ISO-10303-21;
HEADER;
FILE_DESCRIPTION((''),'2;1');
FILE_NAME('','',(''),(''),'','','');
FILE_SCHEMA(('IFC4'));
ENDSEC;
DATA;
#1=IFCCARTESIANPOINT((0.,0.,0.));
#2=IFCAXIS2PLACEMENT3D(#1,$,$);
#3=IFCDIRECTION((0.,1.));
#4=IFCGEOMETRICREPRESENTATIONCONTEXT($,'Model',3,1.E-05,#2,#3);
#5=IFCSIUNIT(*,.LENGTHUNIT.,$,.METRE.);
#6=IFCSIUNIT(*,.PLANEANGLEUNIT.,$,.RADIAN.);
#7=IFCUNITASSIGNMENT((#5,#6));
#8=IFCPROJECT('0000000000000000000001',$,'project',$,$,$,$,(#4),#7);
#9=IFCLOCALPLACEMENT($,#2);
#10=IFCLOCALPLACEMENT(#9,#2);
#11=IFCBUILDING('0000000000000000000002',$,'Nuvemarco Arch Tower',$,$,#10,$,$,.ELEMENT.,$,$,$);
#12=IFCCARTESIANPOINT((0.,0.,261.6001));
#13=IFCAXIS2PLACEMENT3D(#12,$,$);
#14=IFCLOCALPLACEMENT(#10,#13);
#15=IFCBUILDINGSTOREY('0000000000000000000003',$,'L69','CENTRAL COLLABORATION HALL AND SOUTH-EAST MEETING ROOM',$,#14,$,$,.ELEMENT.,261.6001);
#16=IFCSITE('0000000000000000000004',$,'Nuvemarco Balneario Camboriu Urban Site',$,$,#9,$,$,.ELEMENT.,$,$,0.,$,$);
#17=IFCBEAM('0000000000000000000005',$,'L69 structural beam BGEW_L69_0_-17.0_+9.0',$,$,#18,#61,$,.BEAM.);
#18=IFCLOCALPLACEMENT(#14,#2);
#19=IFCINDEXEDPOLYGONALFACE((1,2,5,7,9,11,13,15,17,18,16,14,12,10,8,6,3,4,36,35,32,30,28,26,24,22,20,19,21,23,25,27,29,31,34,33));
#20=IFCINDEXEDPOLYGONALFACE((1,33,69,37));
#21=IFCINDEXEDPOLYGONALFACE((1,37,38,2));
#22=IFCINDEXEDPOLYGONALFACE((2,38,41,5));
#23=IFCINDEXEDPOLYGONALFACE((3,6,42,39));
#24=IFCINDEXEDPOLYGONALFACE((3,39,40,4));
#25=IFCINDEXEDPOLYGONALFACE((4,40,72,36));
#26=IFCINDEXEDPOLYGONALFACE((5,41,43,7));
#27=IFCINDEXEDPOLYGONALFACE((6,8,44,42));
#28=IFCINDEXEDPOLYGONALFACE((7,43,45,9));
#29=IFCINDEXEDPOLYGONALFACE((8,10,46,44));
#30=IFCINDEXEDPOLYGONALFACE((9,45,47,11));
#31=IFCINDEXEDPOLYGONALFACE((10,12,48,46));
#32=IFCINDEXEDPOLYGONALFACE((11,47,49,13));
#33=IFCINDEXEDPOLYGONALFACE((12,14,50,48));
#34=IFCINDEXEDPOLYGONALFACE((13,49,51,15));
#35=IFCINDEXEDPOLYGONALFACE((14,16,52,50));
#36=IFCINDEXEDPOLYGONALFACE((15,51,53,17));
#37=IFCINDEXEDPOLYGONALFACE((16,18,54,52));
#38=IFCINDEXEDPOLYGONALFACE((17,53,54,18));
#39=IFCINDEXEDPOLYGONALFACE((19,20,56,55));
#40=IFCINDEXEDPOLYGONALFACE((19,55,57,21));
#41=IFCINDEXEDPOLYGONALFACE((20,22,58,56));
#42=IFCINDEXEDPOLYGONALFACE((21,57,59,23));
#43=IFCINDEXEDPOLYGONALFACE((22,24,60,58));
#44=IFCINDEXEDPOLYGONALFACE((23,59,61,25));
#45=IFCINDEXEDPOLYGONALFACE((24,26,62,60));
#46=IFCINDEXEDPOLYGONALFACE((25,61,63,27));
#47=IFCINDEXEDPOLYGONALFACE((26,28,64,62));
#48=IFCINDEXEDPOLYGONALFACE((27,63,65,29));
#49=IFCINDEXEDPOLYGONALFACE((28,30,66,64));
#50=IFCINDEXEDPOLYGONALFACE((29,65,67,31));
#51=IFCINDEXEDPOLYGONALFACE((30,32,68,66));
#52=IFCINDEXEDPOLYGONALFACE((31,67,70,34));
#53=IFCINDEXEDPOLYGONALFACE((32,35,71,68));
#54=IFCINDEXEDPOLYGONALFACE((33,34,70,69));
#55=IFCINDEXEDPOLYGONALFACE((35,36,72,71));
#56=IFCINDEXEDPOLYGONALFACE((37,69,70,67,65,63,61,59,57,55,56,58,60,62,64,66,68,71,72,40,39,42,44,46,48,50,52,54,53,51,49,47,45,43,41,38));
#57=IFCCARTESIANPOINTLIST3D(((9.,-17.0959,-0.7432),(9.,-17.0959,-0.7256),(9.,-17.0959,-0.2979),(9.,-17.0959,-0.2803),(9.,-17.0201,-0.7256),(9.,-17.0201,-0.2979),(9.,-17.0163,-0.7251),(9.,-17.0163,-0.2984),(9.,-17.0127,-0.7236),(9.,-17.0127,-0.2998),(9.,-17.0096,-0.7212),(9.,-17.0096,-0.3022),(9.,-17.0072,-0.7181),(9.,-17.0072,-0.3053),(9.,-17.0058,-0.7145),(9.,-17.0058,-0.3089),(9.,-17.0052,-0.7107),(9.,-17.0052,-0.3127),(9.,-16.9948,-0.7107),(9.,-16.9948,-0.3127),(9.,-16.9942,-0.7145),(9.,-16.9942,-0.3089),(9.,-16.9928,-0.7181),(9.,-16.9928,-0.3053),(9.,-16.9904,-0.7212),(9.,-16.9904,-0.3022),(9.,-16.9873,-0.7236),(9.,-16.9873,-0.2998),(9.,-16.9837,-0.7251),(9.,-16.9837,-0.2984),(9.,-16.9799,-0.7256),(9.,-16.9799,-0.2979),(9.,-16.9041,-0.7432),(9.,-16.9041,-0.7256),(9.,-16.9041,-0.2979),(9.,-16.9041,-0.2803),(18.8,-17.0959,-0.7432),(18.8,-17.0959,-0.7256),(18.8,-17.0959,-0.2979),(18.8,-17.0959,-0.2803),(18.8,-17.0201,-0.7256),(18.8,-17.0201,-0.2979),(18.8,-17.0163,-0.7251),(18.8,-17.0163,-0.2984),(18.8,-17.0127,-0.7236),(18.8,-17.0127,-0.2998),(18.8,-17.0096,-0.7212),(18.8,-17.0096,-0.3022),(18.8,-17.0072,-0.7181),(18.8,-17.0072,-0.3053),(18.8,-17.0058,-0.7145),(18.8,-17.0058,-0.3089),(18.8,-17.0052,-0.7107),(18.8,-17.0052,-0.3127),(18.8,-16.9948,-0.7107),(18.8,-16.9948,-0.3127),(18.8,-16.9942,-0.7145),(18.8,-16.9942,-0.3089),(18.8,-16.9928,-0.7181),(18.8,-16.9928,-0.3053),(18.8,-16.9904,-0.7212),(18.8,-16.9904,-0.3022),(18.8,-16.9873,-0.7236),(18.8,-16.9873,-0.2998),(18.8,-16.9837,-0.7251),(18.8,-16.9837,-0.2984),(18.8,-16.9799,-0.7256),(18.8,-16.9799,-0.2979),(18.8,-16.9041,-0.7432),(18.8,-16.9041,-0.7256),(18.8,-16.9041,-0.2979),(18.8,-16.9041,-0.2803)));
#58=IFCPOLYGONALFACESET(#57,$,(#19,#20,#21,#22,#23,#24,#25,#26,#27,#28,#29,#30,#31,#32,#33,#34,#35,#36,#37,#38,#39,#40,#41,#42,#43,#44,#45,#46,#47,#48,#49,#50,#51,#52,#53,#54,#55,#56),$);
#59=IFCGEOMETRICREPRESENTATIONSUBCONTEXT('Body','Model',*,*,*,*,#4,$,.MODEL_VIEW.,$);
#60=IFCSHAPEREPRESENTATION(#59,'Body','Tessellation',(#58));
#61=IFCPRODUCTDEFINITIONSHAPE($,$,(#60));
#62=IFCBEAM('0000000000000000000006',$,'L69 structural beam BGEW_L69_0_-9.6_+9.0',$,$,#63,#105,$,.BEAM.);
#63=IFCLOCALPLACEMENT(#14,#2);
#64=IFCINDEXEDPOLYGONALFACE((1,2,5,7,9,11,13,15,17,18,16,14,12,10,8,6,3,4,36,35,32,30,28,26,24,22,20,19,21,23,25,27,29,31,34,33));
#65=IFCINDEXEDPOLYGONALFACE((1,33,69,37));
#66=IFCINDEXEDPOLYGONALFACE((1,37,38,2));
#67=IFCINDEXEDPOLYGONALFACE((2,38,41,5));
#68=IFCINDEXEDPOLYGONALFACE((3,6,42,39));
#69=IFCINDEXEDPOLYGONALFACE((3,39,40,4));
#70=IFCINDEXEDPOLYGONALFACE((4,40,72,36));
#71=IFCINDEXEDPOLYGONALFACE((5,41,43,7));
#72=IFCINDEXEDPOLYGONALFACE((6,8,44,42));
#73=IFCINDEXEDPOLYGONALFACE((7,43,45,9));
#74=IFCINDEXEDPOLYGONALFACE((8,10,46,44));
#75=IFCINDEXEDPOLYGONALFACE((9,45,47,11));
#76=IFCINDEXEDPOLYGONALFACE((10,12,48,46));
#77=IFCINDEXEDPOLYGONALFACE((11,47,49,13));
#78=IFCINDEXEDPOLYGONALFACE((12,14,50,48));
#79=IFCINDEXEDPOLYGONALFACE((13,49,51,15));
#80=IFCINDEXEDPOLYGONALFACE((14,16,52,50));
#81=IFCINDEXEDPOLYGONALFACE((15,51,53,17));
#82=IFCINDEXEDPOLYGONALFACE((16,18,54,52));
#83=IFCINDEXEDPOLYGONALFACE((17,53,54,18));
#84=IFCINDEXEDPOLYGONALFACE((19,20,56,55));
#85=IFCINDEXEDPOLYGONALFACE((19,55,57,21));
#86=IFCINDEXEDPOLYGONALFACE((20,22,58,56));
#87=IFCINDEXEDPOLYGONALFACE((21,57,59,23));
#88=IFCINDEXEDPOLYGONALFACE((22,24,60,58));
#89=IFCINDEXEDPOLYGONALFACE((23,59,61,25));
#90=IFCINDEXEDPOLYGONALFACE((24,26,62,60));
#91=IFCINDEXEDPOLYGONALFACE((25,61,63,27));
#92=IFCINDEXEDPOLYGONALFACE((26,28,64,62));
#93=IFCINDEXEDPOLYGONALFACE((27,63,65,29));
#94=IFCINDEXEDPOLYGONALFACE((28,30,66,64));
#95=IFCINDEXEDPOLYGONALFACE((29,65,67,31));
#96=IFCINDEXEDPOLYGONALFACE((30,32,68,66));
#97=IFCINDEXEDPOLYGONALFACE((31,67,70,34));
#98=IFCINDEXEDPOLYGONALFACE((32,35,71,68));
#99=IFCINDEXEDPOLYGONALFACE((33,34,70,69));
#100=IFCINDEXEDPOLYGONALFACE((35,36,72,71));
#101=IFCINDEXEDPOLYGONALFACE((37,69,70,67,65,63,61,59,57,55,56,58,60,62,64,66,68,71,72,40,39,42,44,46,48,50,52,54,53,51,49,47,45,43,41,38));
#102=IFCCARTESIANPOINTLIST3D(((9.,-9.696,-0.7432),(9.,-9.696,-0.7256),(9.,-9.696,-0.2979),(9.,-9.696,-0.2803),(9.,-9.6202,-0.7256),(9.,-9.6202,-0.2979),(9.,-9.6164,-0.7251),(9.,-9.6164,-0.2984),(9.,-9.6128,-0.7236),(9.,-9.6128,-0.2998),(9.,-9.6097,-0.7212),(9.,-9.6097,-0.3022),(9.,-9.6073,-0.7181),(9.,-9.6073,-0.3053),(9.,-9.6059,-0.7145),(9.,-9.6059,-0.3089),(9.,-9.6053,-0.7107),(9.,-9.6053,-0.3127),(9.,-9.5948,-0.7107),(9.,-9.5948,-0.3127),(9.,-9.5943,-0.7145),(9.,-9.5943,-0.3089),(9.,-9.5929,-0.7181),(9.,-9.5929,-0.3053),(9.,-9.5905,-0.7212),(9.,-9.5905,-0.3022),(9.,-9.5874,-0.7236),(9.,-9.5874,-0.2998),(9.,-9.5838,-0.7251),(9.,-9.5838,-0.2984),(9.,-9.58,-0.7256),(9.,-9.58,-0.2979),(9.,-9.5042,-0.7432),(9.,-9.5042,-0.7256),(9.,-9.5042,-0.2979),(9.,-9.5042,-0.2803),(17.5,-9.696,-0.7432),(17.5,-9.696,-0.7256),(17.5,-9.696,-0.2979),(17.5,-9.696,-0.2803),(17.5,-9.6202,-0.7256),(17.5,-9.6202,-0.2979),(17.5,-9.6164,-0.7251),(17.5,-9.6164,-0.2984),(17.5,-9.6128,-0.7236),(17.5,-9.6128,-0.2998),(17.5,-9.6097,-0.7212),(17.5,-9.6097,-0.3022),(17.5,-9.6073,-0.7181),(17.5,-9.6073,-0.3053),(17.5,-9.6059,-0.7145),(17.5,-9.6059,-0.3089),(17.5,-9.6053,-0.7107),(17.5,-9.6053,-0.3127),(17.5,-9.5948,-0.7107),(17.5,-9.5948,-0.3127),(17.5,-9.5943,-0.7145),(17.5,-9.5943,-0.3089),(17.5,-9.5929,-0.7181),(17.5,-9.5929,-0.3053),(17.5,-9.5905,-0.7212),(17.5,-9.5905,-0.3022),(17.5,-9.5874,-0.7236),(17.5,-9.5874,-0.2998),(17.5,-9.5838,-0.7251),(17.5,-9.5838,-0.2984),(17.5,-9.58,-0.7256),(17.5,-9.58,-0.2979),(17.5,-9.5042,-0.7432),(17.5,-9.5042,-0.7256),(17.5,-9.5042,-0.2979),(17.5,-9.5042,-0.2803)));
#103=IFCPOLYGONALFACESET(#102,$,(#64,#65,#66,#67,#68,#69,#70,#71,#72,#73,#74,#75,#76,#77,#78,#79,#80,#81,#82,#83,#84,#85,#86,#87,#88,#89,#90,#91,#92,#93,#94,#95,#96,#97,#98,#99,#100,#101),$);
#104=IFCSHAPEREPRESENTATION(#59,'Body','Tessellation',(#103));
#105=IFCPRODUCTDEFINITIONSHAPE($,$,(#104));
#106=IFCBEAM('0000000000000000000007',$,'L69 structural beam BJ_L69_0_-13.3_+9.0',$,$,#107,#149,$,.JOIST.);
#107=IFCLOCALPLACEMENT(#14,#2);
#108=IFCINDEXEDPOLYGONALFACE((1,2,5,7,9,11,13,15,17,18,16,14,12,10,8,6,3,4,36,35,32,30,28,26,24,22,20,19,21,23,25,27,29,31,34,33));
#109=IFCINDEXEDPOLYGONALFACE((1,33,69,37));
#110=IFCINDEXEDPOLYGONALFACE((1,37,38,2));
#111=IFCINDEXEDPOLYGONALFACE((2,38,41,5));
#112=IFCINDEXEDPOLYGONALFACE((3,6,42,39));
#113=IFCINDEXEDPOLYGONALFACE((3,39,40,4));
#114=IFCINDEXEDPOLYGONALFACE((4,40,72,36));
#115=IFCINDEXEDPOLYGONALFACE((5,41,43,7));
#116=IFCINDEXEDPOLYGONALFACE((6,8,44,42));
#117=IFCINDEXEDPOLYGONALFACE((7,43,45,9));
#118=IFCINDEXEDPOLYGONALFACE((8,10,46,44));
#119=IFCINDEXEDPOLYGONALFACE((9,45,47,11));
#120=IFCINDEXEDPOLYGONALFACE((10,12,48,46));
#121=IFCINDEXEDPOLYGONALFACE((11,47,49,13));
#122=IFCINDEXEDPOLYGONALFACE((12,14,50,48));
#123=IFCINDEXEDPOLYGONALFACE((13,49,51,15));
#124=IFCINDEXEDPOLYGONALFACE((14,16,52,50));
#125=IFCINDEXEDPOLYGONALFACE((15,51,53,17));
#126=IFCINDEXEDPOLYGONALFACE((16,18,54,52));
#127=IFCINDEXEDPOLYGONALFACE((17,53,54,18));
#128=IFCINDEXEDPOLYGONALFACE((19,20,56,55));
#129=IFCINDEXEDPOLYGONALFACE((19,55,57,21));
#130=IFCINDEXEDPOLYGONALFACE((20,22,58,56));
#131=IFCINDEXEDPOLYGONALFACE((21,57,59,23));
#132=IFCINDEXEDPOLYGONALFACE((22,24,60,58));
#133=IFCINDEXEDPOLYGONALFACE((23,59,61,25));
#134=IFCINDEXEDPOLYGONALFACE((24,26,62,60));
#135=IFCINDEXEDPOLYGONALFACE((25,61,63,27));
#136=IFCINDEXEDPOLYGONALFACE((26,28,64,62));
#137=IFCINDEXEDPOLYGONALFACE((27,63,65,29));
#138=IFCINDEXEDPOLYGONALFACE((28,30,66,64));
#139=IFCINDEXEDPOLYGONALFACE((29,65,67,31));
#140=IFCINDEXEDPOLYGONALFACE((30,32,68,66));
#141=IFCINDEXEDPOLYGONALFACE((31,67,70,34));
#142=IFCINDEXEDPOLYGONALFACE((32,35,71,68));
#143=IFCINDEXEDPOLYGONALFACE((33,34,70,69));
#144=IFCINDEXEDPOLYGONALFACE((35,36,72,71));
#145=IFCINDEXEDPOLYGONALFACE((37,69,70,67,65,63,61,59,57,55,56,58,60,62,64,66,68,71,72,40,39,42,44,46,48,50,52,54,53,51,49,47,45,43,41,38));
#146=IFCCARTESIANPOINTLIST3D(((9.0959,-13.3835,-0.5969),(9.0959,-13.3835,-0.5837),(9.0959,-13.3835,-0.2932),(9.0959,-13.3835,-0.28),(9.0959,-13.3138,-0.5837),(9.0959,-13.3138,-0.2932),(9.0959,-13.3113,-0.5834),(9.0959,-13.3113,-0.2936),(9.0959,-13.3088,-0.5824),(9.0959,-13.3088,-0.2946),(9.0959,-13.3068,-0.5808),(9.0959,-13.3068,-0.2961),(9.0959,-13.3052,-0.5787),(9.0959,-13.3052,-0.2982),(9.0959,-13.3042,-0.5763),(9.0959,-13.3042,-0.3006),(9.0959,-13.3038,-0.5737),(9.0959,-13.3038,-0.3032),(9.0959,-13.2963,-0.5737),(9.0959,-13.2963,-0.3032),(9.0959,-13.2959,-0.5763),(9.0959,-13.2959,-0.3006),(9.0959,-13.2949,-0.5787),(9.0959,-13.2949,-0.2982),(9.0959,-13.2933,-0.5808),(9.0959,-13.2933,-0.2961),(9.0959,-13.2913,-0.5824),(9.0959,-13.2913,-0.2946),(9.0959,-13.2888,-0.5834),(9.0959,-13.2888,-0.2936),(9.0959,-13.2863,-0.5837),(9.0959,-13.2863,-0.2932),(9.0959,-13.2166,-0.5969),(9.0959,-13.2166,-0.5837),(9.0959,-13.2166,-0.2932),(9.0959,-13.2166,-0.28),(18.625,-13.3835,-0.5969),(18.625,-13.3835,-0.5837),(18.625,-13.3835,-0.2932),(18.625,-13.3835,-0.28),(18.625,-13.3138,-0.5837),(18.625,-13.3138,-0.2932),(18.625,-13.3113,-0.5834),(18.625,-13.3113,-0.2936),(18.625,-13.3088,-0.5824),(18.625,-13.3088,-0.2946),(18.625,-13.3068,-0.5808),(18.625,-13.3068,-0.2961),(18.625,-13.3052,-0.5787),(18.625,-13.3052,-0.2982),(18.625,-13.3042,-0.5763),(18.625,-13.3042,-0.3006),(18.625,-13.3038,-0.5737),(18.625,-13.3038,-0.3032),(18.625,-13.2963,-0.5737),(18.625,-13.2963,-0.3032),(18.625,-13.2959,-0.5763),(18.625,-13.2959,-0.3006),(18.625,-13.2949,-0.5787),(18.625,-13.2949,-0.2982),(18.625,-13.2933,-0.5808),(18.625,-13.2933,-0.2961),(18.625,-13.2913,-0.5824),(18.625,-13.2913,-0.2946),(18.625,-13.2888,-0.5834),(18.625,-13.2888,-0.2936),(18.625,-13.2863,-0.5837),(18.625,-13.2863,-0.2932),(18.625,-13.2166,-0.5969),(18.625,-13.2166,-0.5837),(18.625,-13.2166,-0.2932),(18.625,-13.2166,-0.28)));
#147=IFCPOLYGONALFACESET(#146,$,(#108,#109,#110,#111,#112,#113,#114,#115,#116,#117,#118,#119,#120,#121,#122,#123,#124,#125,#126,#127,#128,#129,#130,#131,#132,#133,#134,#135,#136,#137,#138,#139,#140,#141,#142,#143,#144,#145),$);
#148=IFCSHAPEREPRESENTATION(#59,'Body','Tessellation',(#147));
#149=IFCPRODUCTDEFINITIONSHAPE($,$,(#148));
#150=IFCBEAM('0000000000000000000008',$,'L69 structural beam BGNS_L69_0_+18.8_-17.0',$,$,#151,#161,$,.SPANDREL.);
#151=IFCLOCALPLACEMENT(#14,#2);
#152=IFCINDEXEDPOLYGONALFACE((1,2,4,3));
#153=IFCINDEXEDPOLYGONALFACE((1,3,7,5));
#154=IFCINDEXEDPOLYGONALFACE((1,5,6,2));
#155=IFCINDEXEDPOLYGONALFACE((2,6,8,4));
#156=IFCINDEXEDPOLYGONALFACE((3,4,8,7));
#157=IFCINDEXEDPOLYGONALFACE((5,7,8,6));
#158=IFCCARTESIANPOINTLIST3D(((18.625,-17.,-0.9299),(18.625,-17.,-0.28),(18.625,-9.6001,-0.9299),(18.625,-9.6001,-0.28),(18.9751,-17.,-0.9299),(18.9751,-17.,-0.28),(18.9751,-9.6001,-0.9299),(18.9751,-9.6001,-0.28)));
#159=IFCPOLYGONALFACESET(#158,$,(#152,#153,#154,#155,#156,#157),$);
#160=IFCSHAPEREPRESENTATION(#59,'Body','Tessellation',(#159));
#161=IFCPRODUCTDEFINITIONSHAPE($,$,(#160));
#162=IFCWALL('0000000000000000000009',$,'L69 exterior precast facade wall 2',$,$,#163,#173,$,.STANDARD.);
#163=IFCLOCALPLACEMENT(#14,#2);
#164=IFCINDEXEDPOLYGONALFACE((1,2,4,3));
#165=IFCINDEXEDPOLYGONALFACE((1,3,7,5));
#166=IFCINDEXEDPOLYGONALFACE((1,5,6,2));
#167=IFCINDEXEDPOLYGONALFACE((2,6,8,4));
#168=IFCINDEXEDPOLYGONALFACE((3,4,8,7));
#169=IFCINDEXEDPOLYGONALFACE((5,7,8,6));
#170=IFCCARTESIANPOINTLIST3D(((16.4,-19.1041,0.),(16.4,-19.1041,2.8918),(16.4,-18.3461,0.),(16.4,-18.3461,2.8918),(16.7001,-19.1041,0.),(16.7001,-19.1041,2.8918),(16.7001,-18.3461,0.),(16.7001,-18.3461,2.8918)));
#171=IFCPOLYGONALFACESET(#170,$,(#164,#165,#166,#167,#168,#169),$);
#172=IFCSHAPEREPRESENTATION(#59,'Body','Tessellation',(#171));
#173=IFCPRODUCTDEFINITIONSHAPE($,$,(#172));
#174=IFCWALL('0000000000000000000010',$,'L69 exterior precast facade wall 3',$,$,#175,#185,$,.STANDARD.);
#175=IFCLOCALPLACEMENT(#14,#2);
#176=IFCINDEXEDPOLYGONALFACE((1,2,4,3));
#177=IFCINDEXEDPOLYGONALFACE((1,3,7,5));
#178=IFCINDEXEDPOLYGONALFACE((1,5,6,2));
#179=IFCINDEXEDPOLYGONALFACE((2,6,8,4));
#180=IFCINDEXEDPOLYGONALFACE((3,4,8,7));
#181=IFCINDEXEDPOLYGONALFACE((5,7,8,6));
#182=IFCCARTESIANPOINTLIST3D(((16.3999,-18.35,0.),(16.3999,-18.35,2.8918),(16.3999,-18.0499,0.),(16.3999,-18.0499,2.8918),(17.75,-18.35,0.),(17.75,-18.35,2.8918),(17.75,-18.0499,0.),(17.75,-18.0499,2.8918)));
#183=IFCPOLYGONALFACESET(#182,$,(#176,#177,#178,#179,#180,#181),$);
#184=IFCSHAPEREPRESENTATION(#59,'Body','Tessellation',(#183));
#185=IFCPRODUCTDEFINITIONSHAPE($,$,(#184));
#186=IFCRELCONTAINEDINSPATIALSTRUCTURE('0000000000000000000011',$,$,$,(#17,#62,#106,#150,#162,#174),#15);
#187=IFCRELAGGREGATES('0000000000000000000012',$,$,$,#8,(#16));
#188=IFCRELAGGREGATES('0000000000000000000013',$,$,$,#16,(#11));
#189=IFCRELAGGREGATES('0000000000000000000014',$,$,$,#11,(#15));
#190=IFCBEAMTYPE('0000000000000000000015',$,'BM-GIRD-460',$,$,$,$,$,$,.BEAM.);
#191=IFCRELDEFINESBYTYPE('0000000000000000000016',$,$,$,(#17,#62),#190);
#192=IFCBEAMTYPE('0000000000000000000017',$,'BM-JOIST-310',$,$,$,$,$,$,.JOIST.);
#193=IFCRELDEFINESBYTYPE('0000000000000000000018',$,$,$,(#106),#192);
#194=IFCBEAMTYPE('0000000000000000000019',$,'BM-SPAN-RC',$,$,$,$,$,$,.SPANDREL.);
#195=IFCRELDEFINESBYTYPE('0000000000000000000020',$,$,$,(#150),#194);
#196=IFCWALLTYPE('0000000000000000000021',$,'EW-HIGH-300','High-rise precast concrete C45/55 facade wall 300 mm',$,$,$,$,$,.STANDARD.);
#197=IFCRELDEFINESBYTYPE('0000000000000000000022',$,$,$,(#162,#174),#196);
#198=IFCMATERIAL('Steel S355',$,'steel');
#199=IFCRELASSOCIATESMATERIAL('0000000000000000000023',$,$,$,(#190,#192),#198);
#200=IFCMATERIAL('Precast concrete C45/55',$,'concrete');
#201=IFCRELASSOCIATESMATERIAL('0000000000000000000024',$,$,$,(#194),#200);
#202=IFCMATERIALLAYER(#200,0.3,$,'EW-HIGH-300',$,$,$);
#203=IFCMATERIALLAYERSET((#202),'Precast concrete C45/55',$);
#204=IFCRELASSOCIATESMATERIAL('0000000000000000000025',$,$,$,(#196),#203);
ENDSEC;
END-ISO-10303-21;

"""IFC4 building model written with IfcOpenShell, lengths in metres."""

from ifc_helpers import new_model, si_unit, direction, frame, frame_2d, origin, origin_2d, place, context, subcontext, project, spatial, rectangle, i_section, extrude, material, layer, layer_set, material_profile, profile_set, type_object, element, save


model = new_model("IFC4")

# Units and contexts
model_context = context("Model", 3, precision=1e-05, world=origin(), true_north=direction((0.0, 1.0)))
body_context = subcontext(model_context, "Body", "Model", "MODEL_VIEW")
ifc_project = project(units=[si_unit("LENGTHUNIT", "METRE"), si_unit("PLANEANGLEUNIT", "RADIAN")], contexts=[model_context])

# Site, building, storey
site_placement = place(None, origin())
site = spatial("IfcSite", under=ifc_project, at=site_placement, Name="Nuvemarco Balneario Camboriu Urban Site", CompositionType="ELEMENT", RefElevation=0.0)
building_placement = place(site_placement, origin())
building = spatial("IfcBuilding", under=site, at=building_placement, Name="Nuvemarco Arch Tower", CompositionType="ELEMENT")
storey_placement = place(building_placement, frame((0.0, 0.0, 261.6001)))
storey = spatial("IfcBuildingStorey", under=building, at=storey_placement, Name="L69", Description="CENTRAL COLLABORATION HALL AND SOUTH-EAST MEETING ROOM", CompositionType="ELEMENT", Elevation=261.6001)

# Shared definitions
ifc_material_1 = material(Name="Steel S355", Category="steel")

# Beams
ifc_material_profile_1 = material_profile(ifc_material_1, i_section(OverallWidth=0.1919, OverallDepth=0.4629, WebThickness=0.0105, FlangeThickness=0.0176, FilletRadius=0.0149, at=origin_2d()), Name="W460x89")
ifc_profile_set_1 = profile_set([ifc_material_profile_1], Name="Steel S355")
beam_type_1 = type_object("IfcBeamType", Name="BM-GIRD-460", PredefinedType="BEAM", material=ifc_profile_set_1)
beam_1_placement = place(storey_placement, frame((9.0, -17.0, -0.5117), z_axis=(1.0, 0.0, 0.0), x_axis=(0.0, 1.0, 0.0)))
element("IfcBeam", 1, at=beam_1_placement, inside=storey, type_object=beam_type_1, Name="L69 structural beam BGEW_L69_0_-17.0_+9.0", PredefinedType="BEAM", context=body_context, shape_type="SweptSolid", body=[
    extrude(i_section(OverallWidth=0.1919, OverallDepth=0.4629, WebThickness=0.0105, FlangeThickness=0.0176, FilletRadius=0.0149, at=origin_2d()), origin(), (0.0, 0.0, 1.0), 9.8),
])
beam_2_placement = place(storey_placement, frame((9.0, -9.6001, -0.5117), z_axis=(1.0, 0.0, 0.0), x_axis=(0.0, 1.0, 0.0)))
element("IfcBeam", 2, at=beam_2_placement, inside=storey, type_object=beam_type_1, Name="L69 structural beam BGEW_L69_0_-9.6_+9.0", PredefinedType="BEAM", context=body_context, shape_type="SweptSolid", body=[
    extrude(i_section(OverallWidth=0.1919, OverallDepth=0.4629, WebThickness=0.0105, FlangeThickness=0.0176, FilletRadius=0.0149, at=origin_2d()), origin(), (0.0, 0.0, 1.0), 8.5),
])
ifc_material_profile_2 = material_profile(ifc_material_1, i_section(OverallWidth=0.167, OverallDepth=0.3169, WebThickness=0.0076, FlangeThickness=0.0132, FilletRadius=0.01, at=origin_2d()), Name="W310x52")
ifc_profile_set_2 = profile_set([ifc_material_profile_2], Name="Steel S355")
beam_type_2 = type_object("IfcBeamType", Name="BM-JOIST-310", PredefinedType="JOIST", material=ifc_profile_set_2)
beam_3_placement = place(storey_placement, frame((9.0959, -13.3, -0.4385), z_axis=(1.0, 0.0, 0.0), x_axis=(0.0, 1.0, 0.0)))
element("IfcBeam", 3, at=beam_3_placement, inside=storey, type_object=beam_type_2, Name="L69 structural beam BJ_L69_0_-13.3_+9.0", PredefinedType="JOIST", context=body_context, shape_type="SweptSolid", body=[
    extrude(i_section(OverallWidth=0.167, OverallDepth=0.3169, WebThickness=0.0076, FlangeThickness=0.0132, FilletRadius=0.01, at=origin_2d()), origin(), (0.0, 0.0, 1.0), 9.5291),
])
ifc_material_2 = material(Name="Precast concrete C45/55", Category="concrete")
ifc_material_profile_3 = material_profile(ifc_material_2, rectangle(XDim=0.3501, YDim=0.6499, at=origin_2d()), Name="PC-SP-350x650")
ifc_profile_set_3 = profile_set([ifc_material_profile_3], Name="Precast concrete C45/55")
beam_type_3 = type_object("IfcBeamType", Name="BM-SPAN-RC", PredefinedType="SPANDREL", material=ifc_profile_set_3)
beam_4_placement = place(storey_placement, frame((18.8, -17.0, -0.605), z_axis=(0.0, 1.0, 0.0), x_axis=(-1.0, 0.0, 0.0)))
element("IfcBeam", 4, at=beam_4_placement, inside=storey, type_object=beam_type_3, Name="L69 structural beam BGNS_L69_0_+18.8_-17.0", PredefinedType="SPANDREL", context=body_context, shape_type="SweptSolid", body=[
    extrude(rectangle(XDim=0.3501, YDim=0.6499, at=origin_2d()), origin(), (0.0, 0.0, 1.0), 7.3999),
])

# Walls
ifc_layer_1 = layer(ifc_material_2, 0.3, Name="EW-HIGH-300")
ifc_layer_set_1 = layer_set([ifc_layer_1], Name="Precast concrete C45/55")
wall_type_1 = type_object("IfcWallType", Name="EW-HIGH-300", Description="High-rise precast concrete C45/55 facade wall 300 mm", PredefinedType="STANDARD", material=ifc_layer_set_1)
wall_1_placement = place(storey_placement, frame((16.55, -19.104, 0.0), z_axis=(0.0, 0.0, 1.0), x_axis=(0.0, 1.0, 0.0)))
element("IfcWall", 5, at=wall_1_placement, inside=storey, type_object=wall_type_1, Name="L69 exterior precast facade wall 2", PredefinedType="STANDARD", context=body_context, shape_type="SweptSolid", body=[
    extrude(rectangle(XDim=0.7581, YDim=0.3, at=frame_2d((0.3789, 0.0))), origin(), (0.0, 0.0, 1.0), 2.8918),
])
wall_2_placement = place(storey_placement, frame((16.3999, -18.2, 0.0), z_axis=(0.0, 0.0, 1.0), x_axis=(1.0, 0.0, 0.0)))
element("IfcWall", 6, at=wall_2_placement, inside=storey, type_object=wall_type_1, Name="L69 exterior precast facade wall 3", PredefinedType="STANDARD", context=body_context, shape_type="SweptSolid", body=[
    extrude(rectangle(XDim=1.3501, YDim=0.3, at=frame_2d((0.675, 0.0))), origin(), (0.0, 0.0, 1.0), 2.8918),
])

save(model, "model.ifc")
